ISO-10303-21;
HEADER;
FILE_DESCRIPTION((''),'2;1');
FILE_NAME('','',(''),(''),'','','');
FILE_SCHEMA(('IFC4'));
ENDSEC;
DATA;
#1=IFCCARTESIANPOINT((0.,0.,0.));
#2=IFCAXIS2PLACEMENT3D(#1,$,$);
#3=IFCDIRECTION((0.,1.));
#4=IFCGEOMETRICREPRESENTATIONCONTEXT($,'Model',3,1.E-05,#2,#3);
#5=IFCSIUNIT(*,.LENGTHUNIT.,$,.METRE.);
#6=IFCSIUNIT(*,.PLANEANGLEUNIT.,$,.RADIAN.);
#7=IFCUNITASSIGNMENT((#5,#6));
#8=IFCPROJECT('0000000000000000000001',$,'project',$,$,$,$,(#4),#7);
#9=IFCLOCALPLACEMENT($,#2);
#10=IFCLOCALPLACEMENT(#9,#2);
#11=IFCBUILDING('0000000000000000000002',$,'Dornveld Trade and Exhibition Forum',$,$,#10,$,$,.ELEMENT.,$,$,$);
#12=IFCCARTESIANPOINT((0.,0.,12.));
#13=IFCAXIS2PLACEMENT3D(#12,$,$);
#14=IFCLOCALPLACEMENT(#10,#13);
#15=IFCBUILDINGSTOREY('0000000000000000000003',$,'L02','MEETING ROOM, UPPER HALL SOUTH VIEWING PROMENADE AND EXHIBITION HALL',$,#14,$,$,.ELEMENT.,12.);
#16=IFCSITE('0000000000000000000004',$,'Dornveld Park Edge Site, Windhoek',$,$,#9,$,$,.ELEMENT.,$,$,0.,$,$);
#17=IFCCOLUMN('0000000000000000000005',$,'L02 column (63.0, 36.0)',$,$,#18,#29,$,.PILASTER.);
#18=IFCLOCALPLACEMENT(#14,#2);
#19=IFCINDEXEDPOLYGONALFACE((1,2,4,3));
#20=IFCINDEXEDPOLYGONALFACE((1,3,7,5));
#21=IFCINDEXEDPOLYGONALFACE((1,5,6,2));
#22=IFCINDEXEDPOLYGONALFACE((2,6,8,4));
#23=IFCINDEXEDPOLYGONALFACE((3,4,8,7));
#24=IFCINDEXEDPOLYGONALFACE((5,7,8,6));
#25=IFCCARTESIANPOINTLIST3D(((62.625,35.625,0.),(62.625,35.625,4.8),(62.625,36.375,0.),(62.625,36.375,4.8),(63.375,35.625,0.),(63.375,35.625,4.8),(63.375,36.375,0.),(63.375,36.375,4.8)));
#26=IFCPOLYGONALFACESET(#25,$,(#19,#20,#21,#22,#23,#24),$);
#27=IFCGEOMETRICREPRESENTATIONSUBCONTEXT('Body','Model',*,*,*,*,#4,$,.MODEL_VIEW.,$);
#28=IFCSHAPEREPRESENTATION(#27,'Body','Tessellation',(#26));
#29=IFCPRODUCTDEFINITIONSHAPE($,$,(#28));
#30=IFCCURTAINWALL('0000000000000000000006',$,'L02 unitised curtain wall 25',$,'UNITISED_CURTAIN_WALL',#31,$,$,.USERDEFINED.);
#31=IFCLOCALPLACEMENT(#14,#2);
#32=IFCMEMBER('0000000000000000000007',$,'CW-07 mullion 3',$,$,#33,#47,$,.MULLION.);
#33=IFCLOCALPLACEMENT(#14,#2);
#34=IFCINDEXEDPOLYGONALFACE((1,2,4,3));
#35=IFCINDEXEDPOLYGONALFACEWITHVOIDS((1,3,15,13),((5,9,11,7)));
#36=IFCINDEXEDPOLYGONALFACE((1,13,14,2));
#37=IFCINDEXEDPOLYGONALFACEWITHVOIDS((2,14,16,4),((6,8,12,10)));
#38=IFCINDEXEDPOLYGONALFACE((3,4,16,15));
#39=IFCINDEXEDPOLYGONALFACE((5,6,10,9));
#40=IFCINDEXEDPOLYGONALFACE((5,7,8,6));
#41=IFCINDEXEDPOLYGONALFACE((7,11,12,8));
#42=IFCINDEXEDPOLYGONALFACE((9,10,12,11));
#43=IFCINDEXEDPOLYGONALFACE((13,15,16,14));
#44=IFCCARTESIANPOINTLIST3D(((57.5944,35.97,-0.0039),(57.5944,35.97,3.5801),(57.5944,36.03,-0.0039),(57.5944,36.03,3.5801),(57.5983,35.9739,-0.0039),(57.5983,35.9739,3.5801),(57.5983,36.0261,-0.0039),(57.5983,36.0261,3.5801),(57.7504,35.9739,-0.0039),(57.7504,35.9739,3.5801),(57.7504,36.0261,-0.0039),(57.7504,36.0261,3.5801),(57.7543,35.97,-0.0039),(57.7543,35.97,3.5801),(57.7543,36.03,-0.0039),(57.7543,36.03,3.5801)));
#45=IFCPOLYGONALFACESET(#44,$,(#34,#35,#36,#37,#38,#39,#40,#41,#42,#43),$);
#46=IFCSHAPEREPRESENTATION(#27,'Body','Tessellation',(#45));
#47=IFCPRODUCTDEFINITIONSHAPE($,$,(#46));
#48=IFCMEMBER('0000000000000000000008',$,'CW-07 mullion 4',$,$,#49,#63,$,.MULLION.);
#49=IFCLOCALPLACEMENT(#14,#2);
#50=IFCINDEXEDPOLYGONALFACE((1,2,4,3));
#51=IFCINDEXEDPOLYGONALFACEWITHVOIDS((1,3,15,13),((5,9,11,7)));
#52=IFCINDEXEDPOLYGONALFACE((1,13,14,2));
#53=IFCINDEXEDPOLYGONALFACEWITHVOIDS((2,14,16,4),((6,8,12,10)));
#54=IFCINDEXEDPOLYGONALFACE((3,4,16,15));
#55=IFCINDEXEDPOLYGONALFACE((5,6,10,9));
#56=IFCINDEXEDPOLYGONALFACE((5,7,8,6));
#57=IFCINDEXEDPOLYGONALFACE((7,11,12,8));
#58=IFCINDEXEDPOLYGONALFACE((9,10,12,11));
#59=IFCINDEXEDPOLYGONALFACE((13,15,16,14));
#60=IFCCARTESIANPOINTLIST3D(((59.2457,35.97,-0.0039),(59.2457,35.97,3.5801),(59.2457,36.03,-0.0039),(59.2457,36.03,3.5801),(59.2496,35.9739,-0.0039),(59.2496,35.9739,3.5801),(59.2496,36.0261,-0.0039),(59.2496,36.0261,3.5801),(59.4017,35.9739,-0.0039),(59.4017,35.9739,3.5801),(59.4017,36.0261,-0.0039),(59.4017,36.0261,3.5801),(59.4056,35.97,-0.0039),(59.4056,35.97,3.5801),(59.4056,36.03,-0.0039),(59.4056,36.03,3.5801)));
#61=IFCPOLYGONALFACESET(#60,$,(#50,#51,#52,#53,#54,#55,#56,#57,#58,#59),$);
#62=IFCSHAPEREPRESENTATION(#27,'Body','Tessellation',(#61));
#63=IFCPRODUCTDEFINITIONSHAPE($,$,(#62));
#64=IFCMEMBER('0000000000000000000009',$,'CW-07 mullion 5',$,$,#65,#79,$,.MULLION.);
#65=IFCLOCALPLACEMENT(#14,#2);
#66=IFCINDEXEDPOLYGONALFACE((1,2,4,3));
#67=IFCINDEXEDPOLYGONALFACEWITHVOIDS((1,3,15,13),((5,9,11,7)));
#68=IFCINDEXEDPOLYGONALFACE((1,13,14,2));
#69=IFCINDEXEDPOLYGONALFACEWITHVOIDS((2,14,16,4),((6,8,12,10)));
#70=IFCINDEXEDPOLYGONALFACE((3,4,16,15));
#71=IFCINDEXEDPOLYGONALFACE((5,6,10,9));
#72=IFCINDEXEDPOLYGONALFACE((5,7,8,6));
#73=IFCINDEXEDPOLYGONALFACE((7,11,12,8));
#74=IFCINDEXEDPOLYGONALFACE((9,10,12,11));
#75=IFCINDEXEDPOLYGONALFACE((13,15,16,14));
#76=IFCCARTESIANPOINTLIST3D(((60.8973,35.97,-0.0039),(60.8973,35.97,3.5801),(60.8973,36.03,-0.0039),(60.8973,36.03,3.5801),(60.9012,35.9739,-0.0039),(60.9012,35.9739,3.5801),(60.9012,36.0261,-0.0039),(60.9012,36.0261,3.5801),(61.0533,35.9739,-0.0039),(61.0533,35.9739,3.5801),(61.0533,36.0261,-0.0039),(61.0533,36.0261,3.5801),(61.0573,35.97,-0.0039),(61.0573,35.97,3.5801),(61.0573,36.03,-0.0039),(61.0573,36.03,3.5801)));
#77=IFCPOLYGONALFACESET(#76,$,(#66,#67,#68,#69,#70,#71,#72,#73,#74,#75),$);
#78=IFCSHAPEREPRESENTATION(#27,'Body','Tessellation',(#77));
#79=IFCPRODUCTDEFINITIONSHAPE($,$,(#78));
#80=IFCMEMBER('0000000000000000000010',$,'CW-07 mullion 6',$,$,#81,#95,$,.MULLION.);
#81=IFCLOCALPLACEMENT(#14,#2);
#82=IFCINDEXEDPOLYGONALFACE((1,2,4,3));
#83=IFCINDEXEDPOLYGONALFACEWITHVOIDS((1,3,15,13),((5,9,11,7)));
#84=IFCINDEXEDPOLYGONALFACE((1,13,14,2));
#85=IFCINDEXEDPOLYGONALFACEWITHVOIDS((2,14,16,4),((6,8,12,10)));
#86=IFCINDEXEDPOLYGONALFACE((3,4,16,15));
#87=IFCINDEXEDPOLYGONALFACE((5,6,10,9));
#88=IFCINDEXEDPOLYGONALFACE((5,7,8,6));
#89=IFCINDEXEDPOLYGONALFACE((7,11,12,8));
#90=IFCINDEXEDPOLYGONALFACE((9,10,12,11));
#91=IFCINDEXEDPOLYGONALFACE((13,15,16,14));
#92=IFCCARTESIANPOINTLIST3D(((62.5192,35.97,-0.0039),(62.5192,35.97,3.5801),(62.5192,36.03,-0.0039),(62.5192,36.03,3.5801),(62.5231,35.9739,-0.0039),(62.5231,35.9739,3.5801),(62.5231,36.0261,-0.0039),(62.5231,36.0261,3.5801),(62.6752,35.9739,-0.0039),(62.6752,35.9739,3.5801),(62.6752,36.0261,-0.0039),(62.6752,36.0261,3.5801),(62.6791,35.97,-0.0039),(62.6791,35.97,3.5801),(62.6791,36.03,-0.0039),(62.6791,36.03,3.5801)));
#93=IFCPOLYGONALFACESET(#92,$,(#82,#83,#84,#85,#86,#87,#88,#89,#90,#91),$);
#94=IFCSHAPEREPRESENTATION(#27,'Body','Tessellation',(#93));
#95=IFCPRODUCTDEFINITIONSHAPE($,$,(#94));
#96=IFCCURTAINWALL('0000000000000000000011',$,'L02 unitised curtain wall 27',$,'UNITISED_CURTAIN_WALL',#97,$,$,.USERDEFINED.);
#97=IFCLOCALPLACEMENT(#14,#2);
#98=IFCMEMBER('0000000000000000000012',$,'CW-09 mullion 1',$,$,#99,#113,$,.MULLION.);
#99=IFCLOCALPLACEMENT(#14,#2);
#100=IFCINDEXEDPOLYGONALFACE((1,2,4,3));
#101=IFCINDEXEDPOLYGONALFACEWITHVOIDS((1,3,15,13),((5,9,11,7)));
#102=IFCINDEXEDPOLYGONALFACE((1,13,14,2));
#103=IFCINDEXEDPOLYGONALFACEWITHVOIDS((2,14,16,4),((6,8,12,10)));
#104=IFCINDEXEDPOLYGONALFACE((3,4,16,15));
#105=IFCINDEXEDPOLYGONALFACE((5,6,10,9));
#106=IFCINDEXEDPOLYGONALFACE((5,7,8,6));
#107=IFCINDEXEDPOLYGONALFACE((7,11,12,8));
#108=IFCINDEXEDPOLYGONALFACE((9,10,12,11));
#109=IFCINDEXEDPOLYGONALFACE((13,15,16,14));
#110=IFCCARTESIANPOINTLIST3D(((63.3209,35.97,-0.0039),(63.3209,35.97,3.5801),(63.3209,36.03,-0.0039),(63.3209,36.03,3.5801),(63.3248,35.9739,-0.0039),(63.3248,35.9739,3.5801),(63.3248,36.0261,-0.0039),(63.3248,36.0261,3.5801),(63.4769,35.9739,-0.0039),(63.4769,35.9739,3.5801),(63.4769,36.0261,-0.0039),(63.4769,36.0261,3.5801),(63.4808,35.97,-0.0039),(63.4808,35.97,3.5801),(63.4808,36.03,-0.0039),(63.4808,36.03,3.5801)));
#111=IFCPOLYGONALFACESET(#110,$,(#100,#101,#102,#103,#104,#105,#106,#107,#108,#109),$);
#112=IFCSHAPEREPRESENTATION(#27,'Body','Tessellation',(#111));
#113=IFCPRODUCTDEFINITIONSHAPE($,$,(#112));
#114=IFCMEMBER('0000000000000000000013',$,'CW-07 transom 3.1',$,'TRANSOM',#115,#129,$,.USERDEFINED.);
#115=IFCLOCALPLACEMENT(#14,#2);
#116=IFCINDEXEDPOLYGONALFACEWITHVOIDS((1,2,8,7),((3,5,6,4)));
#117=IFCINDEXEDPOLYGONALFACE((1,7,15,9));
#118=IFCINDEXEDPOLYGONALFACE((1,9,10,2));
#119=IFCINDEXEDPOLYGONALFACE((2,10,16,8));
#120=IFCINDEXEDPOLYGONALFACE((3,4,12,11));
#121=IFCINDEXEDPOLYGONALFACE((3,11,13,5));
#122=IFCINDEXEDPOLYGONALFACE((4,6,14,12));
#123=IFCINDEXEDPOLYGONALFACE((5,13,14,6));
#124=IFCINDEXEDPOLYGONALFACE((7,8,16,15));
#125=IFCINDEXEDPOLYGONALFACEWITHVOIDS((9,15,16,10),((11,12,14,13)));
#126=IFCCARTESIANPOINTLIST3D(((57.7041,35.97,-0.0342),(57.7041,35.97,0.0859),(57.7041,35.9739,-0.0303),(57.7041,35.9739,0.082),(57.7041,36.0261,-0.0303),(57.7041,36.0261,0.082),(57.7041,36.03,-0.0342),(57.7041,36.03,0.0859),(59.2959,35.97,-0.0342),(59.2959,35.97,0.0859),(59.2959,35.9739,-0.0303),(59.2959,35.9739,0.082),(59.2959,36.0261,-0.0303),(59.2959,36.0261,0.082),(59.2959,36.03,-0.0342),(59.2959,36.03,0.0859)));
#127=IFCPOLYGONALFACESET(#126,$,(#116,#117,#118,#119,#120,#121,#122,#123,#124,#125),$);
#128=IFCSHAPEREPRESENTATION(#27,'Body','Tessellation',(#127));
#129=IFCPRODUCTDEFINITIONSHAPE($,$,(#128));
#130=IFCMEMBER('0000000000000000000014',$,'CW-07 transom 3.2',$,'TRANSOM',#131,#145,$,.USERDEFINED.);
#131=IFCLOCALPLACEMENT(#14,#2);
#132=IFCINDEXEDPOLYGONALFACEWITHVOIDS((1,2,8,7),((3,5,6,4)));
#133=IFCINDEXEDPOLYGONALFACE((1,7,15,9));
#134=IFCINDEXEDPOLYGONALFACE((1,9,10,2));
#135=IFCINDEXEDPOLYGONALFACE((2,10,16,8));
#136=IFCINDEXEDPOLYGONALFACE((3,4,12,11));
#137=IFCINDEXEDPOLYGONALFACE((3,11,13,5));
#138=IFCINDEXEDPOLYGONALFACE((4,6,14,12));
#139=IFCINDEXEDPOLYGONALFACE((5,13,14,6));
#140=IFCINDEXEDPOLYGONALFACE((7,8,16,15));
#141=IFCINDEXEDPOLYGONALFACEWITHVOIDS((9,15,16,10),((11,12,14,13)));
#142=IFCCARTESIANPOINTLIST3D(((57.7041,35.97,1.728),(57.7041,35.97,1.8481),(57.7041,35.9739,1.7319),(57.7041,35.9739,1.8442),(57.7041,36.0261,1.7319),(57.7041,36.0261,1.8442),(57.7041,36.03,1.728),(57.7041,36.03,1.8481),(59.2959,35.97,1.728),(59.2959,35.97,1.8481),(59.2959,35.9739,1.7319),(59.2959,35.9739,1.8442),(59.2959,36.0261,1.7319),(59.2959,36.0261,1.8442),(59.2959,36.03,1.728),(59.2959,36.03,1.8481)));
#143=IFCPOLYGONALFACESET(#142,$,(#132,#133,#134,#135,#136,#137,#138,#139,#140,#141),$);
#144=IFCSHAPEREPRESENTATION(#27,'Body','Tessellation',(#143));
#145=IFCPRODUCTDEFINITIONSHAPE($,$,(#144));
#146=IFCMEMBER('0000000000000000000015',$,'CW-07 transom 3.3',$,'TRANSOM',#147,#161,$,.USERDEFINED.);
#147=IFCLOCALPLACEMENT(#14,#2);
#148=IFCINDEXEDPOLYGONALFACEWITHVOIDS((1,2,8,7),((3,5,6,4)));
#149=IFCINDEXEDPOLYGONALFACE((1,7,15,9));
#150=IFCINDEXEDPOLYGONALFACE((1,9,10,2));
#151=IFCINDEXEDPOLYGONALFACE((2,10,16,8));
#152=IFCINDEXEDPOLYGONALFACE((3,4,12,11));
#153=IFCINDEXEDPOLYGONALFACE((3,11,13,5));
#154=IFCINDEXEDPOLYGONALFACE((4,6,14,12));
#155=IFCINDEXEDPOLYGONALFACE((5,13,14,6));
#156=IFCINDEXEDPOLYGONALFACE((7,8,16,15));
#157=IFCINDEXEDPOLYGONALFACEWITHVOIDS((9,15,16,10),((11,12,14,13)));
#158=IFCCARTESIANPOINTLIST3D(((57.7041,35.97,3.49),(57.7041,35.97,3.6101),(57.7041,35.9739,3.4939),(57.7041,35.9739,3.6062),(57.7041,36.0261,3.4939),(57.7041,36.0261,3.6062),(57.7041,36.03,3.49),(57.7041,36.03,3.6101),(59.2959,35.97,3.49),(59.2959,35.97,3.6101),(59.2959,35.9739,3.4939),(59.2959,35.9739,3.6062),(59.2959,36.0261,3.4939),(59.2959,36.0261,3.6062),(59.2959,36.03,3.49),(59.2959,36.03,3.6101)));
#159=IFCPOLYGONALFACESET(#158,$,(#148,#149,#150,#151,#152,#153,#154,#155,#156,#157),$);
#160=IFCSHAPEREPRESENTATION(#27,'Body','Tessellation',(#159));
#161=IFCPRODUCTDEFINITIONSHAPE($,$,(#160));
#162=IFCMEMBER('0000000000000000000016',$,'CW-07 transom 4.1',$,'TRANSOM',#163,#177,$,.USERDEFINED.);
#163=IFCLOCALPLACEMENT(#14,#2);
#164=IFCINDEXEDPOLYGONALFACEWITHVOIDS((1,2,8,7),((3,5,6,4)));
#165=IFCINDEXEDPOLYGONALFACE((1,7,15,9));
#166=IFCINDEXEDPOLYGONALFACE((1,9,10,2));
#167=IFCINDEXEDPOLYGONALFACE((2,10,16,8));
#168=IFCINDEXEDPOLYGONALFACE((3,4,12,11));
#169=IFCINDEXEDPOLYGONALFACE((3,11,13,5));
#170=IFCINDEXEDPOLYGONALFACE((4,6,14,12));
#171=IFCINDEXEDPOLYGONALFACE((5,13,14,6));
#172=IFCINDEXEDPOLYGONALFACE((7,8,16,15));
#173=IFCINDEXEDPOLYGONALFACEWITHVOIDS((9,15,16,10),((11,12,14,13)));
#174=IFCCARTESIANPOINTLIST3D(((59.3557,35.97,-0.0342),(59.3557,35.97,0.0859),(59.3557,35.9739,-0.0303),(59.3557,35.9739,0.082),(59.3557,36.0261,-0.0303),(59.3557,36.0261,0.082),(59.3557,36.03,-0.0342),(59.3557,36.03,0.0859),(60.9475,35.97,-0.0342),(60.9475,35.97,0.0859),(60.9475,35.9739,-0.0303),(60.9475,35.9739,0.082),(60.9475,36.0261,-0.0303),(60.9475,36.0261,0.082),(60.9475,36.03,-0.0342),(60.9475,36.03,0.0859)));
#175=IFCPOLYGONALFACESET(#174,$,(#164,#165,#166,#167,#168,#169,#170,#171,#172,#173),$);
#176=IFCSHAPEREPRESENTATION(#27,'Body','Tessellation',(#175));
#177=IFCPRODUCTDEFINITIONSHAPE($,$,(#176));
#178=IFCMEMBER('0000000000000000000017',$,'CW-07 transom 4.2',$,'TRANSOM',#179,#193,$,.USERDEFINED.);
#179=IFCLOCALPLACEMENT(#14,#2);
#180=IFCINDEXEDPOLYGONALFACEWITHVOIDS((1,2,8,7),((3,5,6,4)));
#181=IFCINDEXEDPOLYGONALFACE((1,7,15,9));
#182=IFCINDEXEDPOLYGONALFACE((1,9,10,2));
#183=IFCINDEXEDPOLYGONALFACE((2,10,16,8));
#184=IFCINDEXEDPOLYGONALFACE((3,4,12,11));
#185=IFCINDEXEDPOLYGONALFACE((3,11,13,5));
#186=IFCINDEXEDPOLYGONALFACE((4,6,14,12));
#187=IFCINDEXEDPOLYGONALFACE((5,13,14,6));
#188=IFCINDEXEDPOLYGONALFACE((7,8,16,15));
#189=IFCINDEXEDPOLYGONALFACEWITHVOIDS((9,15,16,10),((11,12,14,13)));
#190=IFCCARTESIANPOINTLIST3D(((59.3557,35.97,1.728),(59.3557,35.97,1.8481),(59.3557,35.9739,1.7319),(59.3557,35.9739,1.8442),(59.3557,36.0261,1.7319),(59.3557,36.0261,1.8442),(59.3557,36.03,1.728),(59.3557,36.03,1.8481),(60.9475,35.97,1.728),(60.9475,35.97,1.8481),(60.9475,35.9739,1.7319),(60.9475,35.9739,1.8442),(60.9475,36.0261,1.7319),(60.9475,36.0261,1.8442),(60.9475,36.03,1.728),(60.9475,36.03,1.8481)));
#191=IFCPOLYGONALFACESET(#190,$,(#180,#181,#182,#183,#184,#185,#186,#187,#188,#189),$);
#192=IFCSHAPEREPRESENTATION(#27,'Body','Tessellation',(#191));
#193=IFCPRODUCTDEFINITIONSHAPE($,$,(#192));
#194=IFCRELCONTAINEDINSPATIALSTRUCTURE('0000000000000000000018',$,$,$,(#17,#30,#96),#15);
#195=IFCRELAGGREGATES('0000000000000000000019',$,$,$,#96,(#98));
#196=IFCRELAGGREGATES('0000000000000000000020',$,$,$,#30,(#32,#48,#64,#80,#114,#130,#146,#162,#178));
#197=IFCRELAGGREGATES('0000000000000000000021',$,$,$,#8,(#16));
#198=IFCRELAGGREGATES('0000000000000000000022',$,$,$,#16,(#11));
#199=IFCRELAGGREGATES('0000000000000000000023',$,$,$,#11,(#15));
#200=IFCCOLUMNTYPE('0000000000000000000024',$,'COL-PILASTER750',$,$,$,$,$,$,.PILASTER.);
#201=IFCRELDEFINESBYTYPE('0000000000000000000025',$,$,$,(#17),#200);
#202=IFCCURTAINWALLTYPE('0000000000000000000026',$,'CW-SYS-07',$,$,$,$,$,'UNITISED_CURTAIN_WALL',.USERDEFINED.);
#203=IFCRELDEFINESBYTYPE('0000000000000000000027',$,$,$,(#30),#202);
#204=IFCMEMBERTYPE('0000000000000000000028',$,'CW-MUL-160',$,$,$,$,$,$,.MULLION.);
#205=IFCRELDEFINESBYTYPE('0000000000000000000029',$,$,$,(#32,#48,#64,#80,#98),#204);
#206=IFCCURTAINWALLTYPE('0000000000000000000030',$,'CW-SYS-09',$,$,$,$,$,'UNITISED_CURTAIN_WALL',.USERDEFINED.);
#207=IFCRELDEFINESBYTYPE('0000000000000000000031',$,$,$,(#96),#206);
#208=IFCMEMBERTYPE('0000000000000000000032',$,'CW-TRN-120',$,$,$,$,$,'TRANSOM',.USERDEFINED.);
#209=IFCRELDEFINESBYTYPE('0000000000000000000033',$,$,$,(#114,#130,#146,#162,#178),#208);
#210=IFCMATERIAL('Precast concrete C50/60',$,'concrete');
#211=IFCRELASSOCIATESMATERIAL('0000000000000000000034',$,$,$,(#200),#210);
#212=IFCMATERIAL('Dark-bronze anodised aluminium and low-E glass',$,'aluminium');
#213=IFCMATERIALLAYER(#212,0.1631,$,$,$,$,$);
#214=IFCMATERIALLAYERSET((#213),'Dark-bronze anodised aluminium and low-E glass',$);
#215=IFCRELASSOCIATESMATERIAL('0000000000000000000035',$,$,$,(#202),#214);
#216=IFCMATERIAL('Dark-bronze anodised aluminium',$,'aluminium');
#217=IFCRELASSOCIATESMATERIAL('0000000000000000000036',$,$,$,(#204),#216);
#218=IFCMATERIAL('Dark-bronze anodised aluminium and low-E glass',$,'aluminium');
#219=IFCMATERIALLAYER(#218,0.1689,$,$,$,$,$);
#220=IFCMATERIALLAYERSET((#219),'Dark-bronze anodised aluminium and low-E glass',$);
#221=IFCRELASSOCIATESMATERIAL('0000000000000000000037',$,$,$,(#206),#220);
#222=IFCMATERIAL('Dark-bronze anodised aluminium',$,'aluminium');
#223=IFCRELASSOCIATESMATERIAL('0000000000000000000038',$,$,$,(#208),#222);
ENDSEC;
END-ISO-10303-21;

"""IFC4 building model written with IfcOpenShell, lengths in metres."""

from ifc_helpers import new_model, si_unit, direction, frame, origin, origin_2d, place, context, subcontext, project, spatial, rectangle, hollow_rectangle, extrude, material, layer, layer_set, material_profile, profile_set, type_object, element, aggregate, save


model = new_model("IFC4")

# Units and contexts
model_context = context("Model", 3, precision=1e-05, world=origin(), true_north=direction((0.0, 1.0)))
body_context = subcontext(model_context, "Body", "Model", "MODEL_VIEW")
ifc_project = project(units=[si_unit("LENGTHUNIT", "METRE"), si_unit("PLANEANGLEUNIT", "RADIAN")], contexts=[model_context])

# Site, building, storey
site_placement = place(None, origin())
site = spatial("IfcSite", under=ifc_project, at=site_placement, Name="Dornveld Park Edge Site, Windhoek", CompositionType="ELEMENT", RefElevation=0.0)
building_placement = place(site_placement, origin())
building = spatial("IfcBuilding", under=site, at=building_placement, Name="Dornveld Trade and Exhibition Forum", CompositionType="ELEMENT")
storey_placement = place(building_placement, frame((0.0, 0.0, 12.0)))
storey = spatial("IfcBuildingStorey", under=building, at=storey_placement, Name="L02", Description="MEETING ROOM, UPPER HALL SOUTH VIEWING PROMENADE AND EXHIBITION HALL", CompositionType="ELEMENT", Elevation=12.0)

# Column
ifc_material_1 = material(Name="Precast concrete C50/60", Category="concrete")
ifc_material_profile_1 = material_profile(ifc_material_1, rectangle(XDim=0.75, YDim=0.75, at=origin_2d()), Name="PC-COL 750x750")
ifc_profile_set_1 = profile_set([ifc_material_profile_1], Name="Precast concrete C50/60")
column_type = type_object("IfcColumnType", Name="COL-PILASTER750", PredefinedType="PILASTER", material=ifc_profile_set_1)
column_placement = place(storey_placement, frame((63.0, 36.0, 0.0), z_axis=(0.0, 0.0, 1.0), x_axis=(1.0, 0.0, 0.0)))
element("IfcColumn", 1, at=column_placement, inside=storey, type_object=column_type, Name="L02 column (63.0, 36.0)", PredefinedType="PILASTER", context=body_context, shape_type="SweptSolid", body=[
    extrude(rectangle(XDim=0.75, YDim=0.75, at=origin_2d()), origin(), (0.0, 0.0, 1.0), 4.8),
])

# Curtain wall, members
ifc_material_2 = material(Name="Dark-bronze anodised aluminium and low-E glass", Category="aluminium")
ifc_layer_1 = layer(ifc_material_2, 0.1631)
ifc_layer_set_1 = layer_set([ifc_layer_1], Name="Dark-bronze anodised aluminium and low-E glass")
curtain_wall_type_1 = type_object("IfcCurtainWallType", Name="CW-SYS-07", ElementType="UNITISED_CURTAIN_WALL", PredefinedType="USERDEFINED", material=ifc_layer_set_1)
curtain_wall_1_placement = place(storey_placement, origin())
curtain_wall_1 = element("IfcCurtainWall", 2, at=curtain_wall_1_placement, inside=storey, type_object=curtain_wall_type_1, Name="L02 unitised curtain wall 25", ObjectType="UNITISED_CURTAIN_WALL", PredefinedType="USERDEFINED")
ifc_material_3 = material(Name="Dark-bronze anodised aluminium", Category="aluminium")
ifc_material_profile_2 = material_profile(ifc_material_3, hollow_rectangle(XDim=0.0601, YDim=0.1599, WallThickness=0.0039, at=origin_2d()), Name="RHS 160x60x4")
ifc_profile_set_2 = profile_set([ifc_material_profile_2], Name="Dark-bronze anodised aluminium")
member_type_1 = type_object("IfcMemberType", Name="CW-MUL-160", PredefinedType="MULLION", material=ifc_profile_set_2)
member_1_placement = place(storey_placement, frame((57.6743, 36.0, -0.0039), z_axis=(0.0, 0.0, 1.0), x_axis=(0.0, 1.0, 0.0)))
member_1 = element("IfcMember", 3, at=member_1_placement, type_object=member_type_1, Name="CW-07 mullion 3", PredefinedType="MULLION", context=body_context, shape_type="SweptSolid", body=[
    extrude(hollow_rectangle(XDim=0.0601, YDim=0.1599, WallThickness=0.0039, at=origin_2d()), origin(), (0.0, 0.0, 1.0), 3.584),
])
member_2_placement = place(storey_placement, frame((59.3257, 36.0, -0.0039), z_axis=(0.0, 0.0, 1.0), x_axis=(0.0, 1.0, 0.0)))
member_2 = element("IfcMember", 4, at=member_2_placement, type_object=member_type_1, Name="CW-07 mullion 4", PredefinedType="MULLION", context=body_context, shape_type="SweptSolid", body=[
    extrude(hollow_rectangle(XDim=0.0601, YDim=0.1599, WallThickness=0.0039, at=origin_2d()), origin(), (0.0, 0.0, 1.0), 3.584),
])
member_3_placement = place(storey_placement, frame((60.9773, 36.0, -0.0039), z_axis=(0.0, 0.0, 1.0), x_axis=(0.0, 1.0, 0.0)))
member_3 = element("IfcMember", 5, at=member_3_placement, type_object=member_type_1, Name="CW-07 mullion 5", PredefinedType="MULLION", context=body_context, shape_type="SweptSolid", body=[
    extrude(hollow_rectangle(XDim=0.0601, YDim=0.1599, WallThickness=0.0039, at=origin_2d()), origin(), (0.0, 0.0, 1.0), 3.584),
])
member_4_placement = place(storey_placement, frame((62.5991, 36.0, -0.0039), z_axis=(0.0, 0.0, 1.0), x_axis=(0.0, 1.0, 0.0)))
member_4 = element("IfcMember", 6, at=member_4_placement, type_object=member_type_1, Name="CW-07 mullion 6", PredefinedType="MULLION", context=body_context, shape_type="SweptSolid", body=[
    extrude(hollow_rectangle(XDim=0.0601, YDim=0.1599, WallThickness=0.0039, at=origin_2d()), origin(), (0.0, 0.0, 1.0), 3.584),
])

# Curtain wall, member
ifc_material_4 = material(Name="Dark-bronze anodised aluminium and low-E glass", Category="aluminium")
ifc_layer_2 = layer(ifc_material_4, 0.1689)
ifc_layer_set_2 = layer_set([ifc_layer_2], Name="Dark-bronze anodised aluminium and low-E glass")
curtain_wall_type_2 = type_object("IfcCurtainWallType", Name="CW-SYS-09", ElementType="UNITISED_CURTAIN_WALL", PredefinedType="USERDEFINED", material=ifc_layer_set_2)
curtain_wall_2_placement = place(storey_placement, origin())
curtain_wall_2 = element("IfcCurtainWall", 7, at=curtain_wall_2_placement, inside=storey, type_object=curtain_wall_type_2, Name="L02 unitised curtain wall 27", ObjectType="UNITISED_CURTAIN_WALL", PredefinedType="USERDEFINED")
member_5_placement = place(storey_placement, frame((63.4009, 36.0, -0.0039), z_axis=(0.0, 0.0, 1.0), x_axis=(0.0, 1.0, 0.0)))
member_5 = element("IfcMember", 8, at=member_5_placement, type_object=member_type_1, Name="CW-09 mullion 1", PredefinedType="MULLION", context=body_context, shape_type="SweptSolid", body=[
    extrude(hollow_rectangle(XDim=0.0601, YDim=0.1599, WallThickness=0.0039, at=origin_2d()), origin(), (0.0, 0.0, 1.0), 3.584),
])

# Members
ifc_material_5 = material(Name="Dark-bronze anodised aluminium", Category="aluminium")
ifc_material_profile_3 = material_profile(ifc_material_5, hollow_rectangle(XDim=0.0601, YDim=0.1201, WallThickness=0.0039, at=origin_2d()), Name="RHS 120x60x4")
ifc_profile_set_3 = profile_set([ifc_material_profile_3], Name="Dark-bronze anodised aluminium")
member_type_2 = type_object("IfcMemberType", Name="CW-TRN-120", ElementType="TRANSOM", PredefinedType="USERDEFINED", material=ifc_profile_set_3)
member_6_placement = place(storey_placement, frame((57.7041, 36.0, 0.0259), z_axis=(1.0, 0.0, 0.0), x_axis=(0.0, 1.0, 0.0)))
member_6 = element("IfcMember", 9, at=member_6_placement, type_object=member_type_2, Name="CW-07 transom 3.1", ObjectType="TRANSOM", PredefinedType="USERDEFINED", context=body_context, shape_type="SweptSolid", body=[
    extrude(hollow_rectangle(XDim=0.0601, YDim=0.1201, WallThickness=0.0039, at=origin_2d()), origin(), (0.0, 0.0, 1.0), 1.5918),
])
member_7_placement = place(storey_placement, frame((57.7041, 36.0, 1.7881), z_axis=(1.0, 0.0, 0.0), x_axis=(0.0, 1.0, 0.0)))
member_7 = element("IfcMember", 10, at=member_7_placement, type_object=member_type_2, Name="CW-07 transom 3.2", ObjectType="TRANSOM", PredefinedType="USERDEFINED", context=body_context, shape_type="SweptSolid", body=[
    extrude(hollow_rectangle(XDim=0.0601, YDim=0.1201, WallThickness=0.0039, at=origin_2d()), origin(), (0.0, 0.0, 1.0), 1.5918),
])
member_8_placement = place(storey_placement, frame((57.7041, 36.0, 3.55), z_axis=(1.0, 0.0, 0.0), x_axis=(0.0, 1.0, 0.0)))
member_8 = element("IfcMember", 11, at=member_8_placement, type_object=member_type_2, Name="CW-07 transom 3.3", ObjectType="TRANSOM", PredefinedType="USERDEFINED", context=body_context, shape_type="SweptSolid", body=[
    extrude(hollow_rectangle(XDim=0.0601, YDim=0.1201, WallThickness=0.0039, at=origin_2d()), origin(), (0.0, 0.0, 1.0), 1.5918),
])
member_9_placement = place(storey_placement, frame((59.3557, 36.0, 0.0259), z_axis=(1.0, 0.0, 0.0), x_axis=(0.0, 1.0, 0.0)))
member_9 = element("IfcMember", 12, at=member_9_placement, type_object=member_type_2, Name="CW-07 transom 4.1", ObjectType="TRANSOM", PredefinedType="USERDEFINED", context=body_context, shape_type="SweptSolid", body=[
    extrude(hollow_rectangle(XDim=0.0601, YDim=0.1201, WallThickness=0.0039, at=origin_2d()), origin(), (0.0, 0.0, 1.0), 1.5918),
])
member_10_placement = place(storey_placement, frame((59.3557, 36.0, 1.7881), z_axis=(1.0, 0.0, 0.0), x_axis=(0.0, 1.0, 0.0)))
member_10 = element("IfcMember", 13, at=member_10_placement, type_object=member_type_2, Name="CW-07 transom 4.2", ObjectType="TRANSOM", PredefinedType="USERDEFINED", context=body_context, shape_type="SweptSolid", body=[
    extrude(hollow_rectangle(XDim=0.0601, YDim=0.1201, WallThickness=0.0039, at=origin_2d()), origin(), (0.0, 0.0, 1.0), 1.5918),
])
aggregate(curtain_wall_2, [member_5])

aggregate(curtain_wall_1, [member_1, member_2, member_3, member_4, member_6, member_7, member_8, member_9, member_10])

save(model, "model.ifc")
